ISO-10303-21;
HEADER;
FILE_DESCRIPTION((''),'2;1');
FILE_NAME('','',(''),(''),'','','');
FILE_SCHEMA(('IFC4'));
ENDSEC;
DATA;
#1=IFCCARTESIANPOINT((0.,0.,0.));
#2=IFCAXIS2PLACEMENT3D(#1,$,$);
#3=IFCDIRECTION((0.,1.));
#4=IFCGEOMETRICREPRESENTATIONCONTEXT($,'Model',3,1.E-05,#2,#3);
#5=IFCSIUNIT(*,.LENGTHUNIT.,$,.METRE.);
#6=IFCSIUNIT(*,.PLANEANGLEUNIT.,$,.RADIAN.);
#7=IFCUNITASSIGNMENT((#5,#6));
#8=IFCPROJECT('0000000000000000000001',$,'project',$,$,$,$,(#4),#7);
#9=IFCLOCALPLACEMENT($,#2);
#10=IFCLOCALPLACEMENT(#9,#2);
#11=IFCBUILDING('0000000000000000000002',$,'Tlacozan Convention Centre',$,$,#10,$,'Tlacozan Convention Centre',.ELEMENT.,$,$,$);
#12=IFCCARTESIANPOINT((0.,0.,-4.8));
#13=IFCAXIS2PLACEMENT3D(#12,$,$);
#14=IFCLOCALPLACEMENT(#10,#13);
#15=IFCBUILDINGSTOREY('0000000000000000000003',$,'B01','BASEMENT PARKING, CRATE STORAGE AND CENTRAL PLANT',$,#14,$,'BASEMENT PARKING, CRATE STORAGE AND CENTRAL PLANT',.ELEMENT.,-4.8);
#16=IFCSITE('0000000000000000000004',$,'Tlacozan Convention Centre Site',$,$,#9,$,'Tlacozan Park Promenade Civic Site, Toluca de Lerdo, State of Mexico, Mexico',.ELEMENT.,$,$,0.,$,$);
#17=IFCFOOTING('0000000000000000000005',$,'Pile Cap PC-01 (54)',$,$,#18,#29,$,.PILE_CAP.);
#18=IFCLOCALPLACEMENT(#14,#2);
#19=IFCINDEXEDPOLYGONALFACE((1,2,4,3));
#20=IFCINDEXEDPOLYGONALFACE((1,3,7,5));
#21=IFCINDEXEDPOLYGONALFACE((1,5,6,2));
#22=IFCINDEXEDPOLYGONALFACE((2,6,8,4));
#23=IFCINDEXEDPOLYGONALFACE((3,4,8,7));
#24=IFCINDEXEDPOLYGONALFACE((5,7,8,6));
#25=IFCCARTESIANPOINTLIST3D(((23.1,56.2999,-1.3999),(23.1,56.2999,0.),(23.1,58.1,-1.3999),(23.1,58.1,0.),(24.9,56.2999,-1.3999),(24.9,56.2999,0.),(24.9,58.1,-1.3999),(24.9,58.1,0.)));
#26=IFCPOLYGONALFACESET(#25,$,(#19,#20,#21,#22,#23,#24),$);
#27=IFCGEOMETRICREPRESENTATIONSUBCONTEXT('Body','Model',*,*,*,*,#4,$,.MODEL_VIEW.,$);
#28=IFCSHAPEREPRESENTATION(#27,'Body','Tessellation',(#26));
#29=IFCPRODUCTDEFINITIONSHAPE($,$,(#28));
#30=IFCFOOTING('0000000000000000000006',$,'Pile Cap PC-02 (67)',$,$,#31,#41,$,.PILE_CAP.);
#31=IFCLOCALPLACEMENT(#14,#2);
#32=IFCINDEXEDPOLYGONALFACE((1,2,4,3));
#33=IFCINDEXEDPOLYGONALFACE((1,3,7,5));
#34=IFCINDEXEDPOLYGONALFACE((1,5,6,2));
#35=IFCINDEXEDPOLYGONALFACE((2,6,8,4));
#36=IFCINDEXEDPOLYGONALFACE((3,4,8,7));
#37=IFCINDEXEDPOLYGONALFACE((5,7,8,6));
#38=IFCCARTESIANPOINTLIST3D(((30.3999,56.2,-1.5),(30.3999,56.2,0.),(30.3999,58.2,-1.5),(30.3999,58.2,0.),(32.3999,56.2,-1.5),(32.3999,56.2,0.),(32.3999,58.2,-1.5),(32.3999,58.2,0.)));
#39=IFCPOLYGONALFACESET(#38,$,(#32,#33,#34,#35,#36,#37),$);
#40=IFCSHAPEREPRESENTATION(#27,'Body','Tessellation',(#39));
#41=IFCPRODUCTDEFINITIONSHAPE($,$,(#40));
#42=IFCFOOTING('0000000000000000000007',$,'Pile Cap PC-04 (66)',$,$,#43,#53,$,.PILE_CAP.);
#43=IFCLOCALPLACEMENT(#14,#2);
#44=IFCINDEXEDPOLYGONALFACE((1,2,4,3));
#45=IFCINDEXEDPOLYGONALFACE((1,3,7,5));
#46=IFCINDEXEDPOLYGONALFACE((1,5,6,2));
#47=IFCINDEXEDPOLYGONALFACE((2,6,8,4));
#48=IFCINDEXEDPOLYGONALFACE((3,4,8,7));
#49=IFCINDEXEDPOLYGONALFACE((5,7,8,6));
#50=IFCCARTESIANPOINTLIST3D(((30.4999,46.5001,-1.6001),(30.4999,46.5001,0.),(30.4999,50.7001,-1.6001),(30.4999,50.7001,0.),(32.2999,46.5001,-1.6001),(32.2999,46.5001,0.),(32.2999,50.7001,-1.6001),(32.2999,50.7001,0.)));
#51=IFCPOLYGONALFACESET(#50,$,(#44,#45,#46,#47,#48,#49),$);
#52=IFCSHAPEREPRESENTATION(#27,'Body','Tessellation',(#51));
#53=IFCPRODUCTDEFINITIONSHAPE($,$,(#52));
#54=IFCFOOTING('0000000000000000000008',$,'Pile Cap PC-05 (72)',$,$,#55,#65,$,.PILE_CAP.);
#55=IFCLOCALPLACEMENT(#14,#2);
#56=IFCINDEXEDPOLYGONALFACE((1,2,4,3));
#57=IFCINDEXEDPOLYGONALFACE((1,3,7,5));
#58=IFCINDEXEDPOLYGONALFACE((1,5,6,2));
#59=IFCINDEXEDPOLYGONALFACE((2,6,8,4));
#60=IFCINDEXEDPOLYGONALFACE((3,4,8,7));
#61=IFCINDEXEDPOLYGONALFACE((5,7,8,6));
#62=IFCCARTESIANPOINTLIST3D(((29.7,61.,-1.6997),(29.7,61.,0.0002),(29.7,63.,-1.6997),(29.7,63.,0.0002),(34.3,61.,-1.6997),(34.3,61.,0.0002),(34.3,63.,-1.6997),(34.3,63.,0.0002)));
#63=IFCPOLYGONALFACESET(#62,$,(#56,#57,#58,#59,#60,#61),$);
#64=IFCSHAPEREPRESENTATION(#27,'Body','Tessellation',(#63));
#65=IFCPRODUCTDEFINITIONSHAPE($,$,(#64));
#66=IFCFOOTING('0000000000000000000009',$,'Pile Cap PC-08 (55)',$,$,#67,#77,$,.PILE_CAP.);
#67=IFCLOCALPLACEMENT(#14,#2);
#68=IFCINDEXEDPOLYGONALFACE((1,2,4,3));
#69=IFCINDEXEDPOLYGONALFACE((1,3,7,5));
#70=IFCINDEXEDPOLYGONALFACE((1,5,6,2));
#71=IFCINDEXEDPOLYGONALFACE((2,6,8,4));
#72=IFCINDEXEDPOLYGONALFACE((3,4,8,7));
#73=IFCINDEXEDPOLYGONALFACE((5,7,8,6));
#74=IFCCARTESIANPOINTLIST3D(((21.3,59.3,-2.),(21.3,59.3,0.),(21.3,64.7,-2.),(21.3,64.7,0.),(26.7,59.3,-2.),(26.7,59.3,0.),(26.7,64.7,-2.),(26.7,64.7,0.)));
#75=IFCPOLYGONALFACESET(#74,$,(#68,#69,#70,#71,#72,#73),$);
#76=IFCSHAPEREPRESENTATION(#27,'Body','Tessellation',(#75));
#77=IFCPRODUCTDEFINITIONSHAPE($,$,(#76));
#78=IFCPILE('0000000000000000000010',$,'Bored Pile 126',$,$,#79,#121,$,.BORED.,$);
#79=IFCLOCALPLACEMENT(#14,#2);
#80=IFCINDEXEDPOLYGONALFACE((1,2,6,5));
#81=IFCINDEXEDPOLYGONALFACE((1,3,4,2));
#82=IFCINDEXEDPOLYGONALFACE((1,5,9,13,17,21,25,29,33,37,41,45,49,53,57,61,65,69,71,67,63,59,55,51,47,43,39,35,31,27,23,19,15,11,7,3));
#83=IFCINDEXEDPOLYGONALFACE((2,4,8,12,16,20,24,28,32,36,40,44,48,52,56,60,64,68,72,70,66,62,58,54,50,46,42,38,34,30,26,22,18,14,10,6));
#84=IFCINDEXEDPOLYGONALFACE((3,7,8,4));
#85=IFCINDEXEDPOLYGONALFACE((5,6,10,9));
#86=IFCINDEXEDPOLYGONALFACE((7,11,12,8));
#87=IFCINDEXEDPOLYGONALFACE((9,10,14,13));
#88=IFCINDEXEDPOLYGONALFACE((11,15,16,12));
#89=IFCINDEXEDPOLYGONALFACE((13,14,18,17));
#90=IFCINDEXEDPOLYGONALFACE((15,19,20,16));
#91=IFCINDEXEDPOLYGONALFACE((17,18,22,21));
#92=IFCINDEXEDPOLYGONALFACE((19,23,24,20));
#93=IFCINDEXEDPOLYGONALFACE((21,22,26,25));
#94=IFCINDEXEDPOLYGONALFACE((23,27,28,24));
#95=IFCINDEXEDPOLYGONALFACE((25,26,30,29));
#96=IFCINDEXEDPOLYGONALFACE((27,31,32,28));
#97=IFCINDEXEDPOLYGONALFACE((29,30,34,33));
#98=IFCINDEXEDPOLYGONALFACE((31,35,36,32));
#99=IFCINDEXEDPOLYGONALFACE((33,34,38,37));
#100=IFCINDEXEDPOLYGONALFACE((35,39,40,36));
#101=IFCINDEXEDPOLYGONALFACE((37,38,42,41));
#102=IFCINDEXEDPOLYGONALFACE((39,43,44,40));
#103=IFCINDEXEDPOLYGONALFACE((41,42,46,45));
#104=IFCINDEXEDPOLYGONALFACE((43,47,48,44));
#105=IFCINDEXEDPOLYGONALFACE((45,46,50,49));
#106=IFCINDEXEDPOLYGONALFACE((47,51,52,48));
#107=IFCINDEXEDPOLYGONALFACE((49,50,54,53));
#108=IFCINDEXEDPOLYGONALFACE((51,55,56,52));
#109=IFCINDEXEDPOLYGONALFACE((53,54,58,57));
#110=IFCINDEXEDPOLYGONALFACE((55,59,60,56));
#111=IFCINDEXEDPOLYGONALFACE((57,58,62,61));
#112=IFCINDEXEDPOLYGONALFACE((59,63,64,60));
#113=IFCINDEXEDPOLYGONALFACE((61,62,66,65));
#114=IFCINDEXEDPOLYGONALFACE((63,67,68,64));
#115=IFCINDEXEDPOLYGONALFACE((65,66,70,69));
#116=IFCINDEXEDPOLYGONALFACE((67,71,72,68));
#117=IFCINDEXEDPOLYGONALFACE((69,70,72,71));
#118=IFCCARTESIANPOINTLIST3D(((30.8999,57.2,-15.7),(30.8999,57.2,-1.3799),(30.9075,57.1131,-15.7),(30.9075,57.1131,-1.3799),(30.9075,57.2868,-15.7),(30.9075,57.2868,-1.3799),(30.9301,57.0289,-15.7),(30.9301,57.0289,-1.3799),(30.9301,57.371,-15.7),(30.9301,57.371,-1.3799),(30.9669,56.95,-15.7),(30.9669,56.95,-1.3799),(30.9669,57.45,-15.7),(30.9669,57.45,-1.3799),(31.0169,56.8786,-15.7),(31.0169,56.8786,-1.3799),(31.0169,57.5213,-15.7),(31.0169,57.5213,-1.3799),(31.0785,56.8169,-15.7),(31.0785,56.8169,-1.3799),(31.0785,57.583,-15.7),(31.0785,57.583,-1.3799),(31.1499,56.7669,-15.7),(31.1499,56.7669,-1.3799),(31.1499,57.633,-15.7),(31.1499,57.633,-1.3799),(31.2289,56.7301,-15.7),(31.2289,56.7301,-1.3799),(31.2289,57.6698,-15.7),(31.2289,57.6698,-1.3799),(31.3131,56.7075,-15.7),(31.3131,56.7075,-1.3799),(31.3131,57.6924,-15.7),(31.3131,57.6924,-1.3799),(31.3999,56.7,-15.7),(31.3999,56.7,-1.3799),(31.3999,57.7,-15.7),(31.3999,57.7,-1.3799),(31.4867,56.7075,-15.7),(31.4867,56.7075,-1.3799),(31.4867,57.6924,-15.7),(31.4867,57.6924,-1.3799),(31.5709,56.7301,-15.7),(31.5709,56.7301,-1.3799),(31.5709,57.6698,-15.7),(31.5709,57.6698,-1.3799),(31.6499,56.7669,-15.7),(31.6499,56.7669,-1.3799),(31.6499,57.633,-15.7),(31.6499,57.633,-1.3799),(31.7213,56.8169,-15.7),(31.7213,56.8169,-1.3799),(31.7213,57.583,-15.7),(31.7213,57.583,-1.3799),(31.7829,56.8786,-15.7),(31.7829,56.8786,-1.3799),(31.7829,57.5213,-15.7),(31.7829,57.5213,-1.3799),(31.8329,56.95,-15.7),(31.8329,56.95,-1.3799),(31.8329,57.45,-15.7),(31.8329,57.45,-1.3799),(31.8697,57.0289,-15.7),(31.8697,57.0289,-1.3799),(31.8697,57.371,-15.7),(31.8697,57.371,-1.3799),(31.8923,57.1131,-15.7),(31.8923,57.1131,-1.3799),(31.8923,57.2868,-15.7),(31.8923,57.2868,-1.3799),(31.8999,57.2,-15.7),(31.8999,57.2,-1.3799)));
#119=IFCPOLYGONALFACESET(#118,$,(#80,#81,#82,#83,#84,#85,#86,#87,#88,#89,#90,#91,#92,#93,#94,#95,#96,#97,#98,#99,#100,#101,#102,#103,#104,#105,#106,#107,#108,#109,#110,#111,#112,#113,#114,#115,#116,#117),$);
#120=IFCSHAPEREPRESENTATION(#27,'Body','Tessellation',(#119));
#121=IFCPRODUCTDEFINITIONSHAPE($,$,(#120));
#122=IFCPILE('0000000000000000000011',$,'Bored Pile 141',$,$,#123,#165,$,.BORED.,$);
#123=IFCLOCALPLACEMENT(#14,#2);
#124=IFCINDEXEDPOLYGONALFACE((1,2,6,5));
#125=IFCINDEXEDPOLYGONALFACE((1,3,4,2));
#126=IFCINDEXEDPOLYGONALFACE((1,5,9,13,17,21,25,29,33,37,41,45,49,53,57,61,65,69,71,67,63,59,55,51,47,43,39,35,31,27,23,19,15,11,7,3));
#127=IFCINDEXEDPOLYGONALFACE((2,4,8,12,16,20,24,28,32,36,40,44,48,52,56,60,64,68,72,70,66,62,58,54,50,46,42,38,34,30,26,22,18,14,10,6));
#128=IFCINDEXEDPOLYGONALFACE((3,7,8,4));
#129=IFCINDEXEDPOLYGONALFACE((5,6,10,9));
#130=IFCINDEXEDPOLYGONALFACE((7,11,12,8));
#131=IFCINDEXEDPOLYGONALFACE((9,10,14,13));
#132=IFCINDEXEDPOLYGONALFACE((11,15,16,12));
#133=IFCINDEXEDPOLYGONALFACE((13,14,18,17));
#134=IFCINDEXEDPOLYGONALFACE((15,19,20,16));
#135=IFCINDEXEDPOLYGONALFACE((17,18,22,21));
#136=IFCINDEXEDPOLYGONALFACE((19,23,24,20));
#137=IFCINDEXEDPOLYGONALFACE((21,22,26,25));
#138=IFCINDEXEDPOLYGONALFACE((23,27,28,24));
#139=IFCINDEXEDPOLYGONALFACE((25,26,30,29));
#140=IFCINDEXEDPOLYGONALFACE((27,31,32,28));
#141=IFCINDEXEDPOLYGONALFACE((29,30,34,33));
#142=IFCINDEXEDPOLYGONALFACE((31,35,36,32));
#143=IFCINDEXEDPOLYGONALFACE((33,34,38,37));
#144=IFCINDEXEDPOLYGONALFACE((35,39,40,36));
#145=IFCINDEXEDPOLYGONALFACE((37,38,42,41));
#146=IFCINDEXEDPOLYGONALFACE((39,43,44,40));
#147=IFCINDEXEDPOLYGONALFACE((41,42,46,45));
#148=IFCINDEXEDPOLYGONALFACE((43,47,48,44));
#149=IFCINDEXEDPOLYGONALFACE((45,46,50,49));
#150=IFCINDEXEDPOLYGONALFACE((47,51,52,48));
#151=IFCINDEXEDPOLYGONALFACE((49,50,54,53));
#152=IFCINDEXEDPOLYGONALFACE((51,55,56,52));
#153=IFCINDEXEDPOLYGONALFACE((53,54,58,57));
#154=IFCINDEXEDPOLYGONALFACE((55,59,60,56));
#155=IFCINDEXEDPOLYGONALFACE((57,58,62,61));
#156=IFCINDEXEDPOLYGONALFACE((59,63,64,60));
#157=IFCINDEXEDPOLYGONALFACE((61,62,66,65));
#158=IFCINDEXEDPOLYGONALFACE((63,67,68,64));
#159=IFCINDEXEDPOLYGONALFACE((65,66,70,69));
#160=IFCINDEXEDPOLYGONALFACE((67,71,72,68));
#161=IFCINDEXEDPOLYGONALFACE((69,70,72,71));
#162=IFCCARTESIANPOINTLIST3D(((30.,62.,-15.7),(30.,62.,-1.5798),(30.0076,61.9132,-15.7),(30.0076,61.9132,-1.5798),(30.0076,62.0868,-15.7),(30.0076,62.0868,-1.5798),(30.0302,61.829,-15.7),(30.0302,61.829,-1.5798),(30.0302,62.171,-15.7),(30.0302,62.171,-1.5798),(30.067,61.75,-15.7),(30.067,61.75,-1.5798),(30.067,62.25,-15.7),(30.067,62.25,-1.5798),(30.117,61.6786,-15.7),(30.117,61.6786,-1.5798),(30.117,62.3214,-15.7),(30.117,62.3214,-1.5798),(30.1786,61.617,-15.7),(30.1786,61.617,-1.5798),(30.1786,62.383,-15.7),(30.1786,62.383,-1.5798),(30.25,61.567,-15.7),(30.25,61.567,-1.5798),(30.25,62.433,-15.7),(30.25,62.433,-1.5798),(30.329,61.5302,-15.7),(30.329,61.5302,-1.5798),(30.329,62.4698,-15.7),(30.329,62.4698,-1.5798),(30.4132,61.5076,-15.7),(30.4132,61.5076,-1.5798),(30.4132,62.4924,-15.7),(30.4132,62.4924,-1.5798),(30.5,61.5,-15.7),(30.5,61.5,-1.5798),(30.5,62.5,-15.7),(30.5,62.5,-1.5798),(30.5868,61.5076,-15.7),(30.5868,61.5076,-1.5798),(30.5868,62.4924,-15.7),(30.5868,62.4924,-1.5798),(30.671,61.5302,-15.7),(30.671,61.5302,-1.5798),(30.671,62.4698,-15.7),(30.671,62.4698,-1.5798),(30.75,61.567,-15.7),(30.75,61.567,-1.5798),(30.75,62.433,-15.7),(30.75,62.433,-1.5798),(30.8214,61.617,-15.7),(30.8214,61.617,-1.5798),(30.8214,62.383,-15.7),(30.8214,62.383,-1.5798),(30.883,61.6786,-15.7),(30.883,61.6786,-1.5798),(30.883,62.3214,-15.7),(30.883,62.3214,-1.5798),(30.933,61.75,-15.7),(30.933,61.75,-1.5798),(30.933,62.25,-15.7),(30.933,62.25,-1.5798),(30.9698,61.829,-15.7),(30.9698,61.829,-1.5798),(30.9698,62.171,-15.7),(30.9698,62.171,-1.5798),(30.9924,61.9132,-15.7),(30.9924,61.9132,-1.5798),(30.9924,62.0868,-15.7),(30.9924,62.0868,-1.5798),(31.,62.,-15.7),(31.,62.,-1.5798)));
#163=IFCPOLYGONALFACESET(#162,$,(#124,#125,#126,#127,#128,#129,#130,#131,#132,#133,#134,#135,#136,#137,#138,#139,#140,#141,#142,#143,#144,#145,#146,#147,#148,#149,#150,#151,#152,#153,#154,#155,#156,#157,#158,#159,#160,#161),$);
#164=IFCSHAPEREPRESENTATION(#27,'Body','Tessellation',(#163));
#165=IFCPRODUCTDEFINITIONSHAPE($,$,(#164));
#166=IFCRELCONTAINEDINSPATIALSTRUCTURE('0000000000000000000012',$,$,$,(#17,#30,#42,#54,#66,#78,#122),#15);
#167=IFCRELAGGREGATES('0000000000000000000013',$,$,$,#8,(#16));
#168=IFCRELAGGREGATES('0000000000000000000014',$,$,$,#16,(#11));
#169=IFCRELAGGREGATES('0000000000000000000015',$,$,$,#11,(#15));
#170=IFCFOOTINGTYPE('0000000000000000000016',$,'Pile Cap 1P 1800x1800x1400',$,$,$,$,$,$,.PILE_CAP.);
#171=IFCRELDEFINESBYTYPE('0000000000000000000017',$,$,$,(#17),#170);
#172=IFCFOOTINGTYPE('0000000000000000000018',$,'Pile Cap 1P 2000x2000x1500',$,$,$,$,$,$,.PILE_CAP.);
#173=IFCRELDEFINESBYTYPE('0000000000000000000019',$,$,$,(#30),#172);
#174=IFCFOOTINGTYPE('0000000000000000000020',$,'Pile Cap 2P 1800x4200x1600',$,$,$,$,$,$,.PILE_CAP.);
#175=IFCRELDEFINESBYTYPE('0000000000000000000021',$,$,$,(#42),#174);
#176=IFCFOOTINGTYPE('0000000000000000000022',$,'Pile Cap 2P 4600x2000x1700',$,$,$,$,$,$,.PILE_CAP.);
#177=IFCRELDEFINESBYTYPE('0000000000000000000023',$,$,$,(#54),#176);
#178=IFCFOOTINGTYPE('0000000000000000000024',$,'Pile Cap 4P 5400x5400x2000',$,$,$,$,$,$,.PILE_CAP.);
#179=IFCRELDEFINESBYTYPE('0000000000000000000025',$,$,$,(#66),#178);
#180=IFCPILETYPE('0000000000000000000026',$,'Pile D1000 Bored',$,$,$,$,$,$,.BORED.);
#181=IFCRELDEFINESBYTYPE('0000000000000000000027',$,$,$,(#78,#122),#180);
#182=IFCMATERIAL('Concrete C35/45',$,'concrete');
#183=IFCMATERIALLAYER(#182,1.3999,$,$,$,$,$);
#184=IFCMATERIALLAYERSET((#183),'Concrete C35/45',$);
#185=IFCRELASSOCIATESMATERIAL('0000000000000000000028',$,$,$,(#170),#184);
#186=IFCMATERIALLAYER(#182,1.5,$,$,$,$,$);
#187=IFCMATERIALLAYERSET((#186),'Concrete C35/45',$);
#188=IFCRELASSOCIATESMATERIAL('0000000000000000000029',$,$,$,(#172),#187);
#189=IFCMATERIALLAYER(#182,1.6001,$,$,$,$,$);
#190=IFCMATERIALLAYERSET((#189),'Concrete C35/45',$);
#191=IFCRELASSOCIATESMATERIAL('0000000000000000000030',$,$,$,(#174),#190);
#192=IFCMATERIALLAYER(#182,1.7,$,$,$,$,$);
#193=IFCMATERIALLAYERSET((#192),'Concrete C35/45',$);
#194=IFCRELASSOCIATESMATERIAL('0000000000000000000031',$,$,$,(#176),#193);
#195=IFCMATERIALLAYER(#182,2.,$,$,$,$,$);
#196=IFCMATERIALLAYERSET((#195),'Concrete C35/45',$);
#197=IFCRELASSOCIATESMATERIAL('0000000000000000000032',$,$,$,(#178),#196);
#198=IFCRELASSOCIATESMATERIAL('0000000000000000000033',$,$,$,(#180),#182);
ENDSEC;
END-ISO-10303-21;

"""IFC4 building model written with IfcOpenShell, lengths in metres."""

from ifc_helpers import new_model, si_unit, direction, frame, origin, origin_2d, place, context, subcontext, project, spatial, rectangle, circle, extrude, material, layer, layer_set, material_profile, profile_set, type_object, element, save


model = new_model("IFC4")

# Units and contexts
model_context = context("Model", 3, precision=1e-05, world=origin(), true_north=direction((0.0, 1.0)))
body_context = subcontext(model_context, "Body", "Model", "MODEL_VIEW")
ifc_project = project(units=[si_unit("LENGTHUNIT", "METRE"), si_unit("PLANEANGLEUNIT", "RADIAN")], contexts=[model_context])

# Site, building, storey
site_placement = place(None, origin())
site = spatial("IfcSite", under=ifc_project, at=site_placement, Name="Tlacozan Convention Centre Site", LongName="Tlacozan Park Promenade Civic Site, Toluca de Lerdo, State of Mexico, Mexico", CompositionType="ELEMENT", RefElevation=0.0)
building_placement = place(site_placement, origin())
building = spatial("IfcBuilding", under=site, at=building_placement, Name="Tlacozan Convention Centre", LongName="Tlacozan Convention Centre", CompositionType="ELEMENT")
storey_placement = place(building_placement, frame((0.0, 0.0, -4.8)))
storey = spatial("IfcBuildingStorey", under=building, at=storey_placement, Name="B01", Description="BASEMENT PARKING, CRATE STORAGE AND CENTRAL PLANT", LongName="BASEMENT PARKING, CRATE STORAGE AND CENTRAL PLANT", CompositionType="ELEMENT", Elevation=-4.8)

# Footings
ifc_material_1 = material(Name="Concrete C35/45", Category="concrete")
ifc_layer_1 = layer(ifc_material_1, 1.3999)
ifc_layer_set_1 = layer_set([ifc_layer_1], Name="Concrete C35/45")
footing_type_1 = type_object("IfcFootingType", Name="Pile Cap 1P 1800x1800x1400", PredefinedType="PILE_CAP", material=ifc_layer_set_1)
footing_1_placement = place(storey_placement, frame((24.0, 57.2, -1.3999), z_axis=(0.0, 0.0, 1.0), x_axis=(1.0, 0.0, 0.0)))
element("IfcFooting", 1, at=footing_1_placement, inside=storey, type_object=footing_type_1, Name="Pile Cap PC-01 (54)", PredefinedType="PILE_CAP", context=body_context, shape_type="SweptSolid", body=[
    extrude(rectangle(XDim=1.8, YDim=1.8, at=origin_2d()), origin(), (0.0, 0.0, 1.0), 1.3999),
])
ifc_layer_2 = layer(ifc_material_1, 1.5)
ifc_layer_set_2 = layer_set([ifc_layer_2], Name="Concrete C35/45")
footing_type_2 = type_object("IfcFootingType", Name="Pile Cap 1P 2000x2000x1500", PredefinedType="PILE_CAP", material=ifc_layer_set_2)
footing_2_placement = place(storey_placement, frame((31.3999, 57.2, -1.5), z_axis=(0.0, 0.0, 1.0), x_axis=(1.0, 0.0, 0.0)))
element("IfcFooting", 2, at=footing_2_placement, inside=storey, type_object=footing_type_2, Name="Pile Cap PC-02 (67)", PredefinedType="PILE_CAP", context=body_context, shape_type="SweptSolid", body=[
    extrude(rectangle(XDim=2.0, YDim=2.0, at=origin_2d()), origin(), (0.0, 0.0, 1.0), 1.5),
])
ifc_layer_3 = layer(ifc_material_1, 1.6001)
ifc_layer_set_3 = layer_set([ifc_layer_3], Name="Concrete C35/45")
footing_type_3 = type_object("IfcFootingType", Name="Pile Cap 2P 1800x4200x1600", PredefinedType="PILE_CAP", material=ifc_layer_set_3)
footing_3_placement = place(storey_placement, frame((31.3999, 48.6001, -1.6001), z_axis=(0.0, 0.0, 1.0), x_axis=(1.0, 0.0, 0.0)))
element("IfcFooting", 3, at=footing_3_placement, inside=storey, type_object=footing_type_3, Name="Pile Cap PC-04 (66)", PredefinedType="PILE_CAP", context=body_context, shape_type="SweptSolid", body=[
    extrude(rectangle(XDim=1.8, YDim=4.2, at=origin_2d()), origin(), (0.0, 0.0, 1.0), 1.6001),
])
ifc_layer_4 = layer(ifc_material_1, 1.7)
ifc_layer_set_4 = layer_set([ifc_layer_4], Name="Concrete C35/45")
footing_type_4 = type_object("IfcFootingType", Name="Pile Cap 2P 4600x2000x1700", PredefinedType="PILE_CAP", material=ifc_layer_set_4)
footing_4_placement = place(storey_placement, frame((32.0, 62.0, -1.6997), z_axis=(0.0, 0.0, 1.0), x_axis=(1.0, 0.0, 0.0)))
element("IfcFooting", 4, at=footing_4_placement, inside=storey, type_object=footing_type_4, Name="Pile Cap PC-05 (72)", PredefinedType="PILE_CAP", context=body_context, shape_type="SweptSolid", body=[
    extrude(rectangle(XDim=4.6001, YDim=2.0, at=origin_2d()), origin(), (0.0, 0.0, 1.0), 1.7),
])
ifc_layer_5 = layer(ifc_material_1, 2.0)
ifc_layer_set_5 = layer_set([ifc_layer_5], Name="Concrete C35/45")
footing_type_5 = type_object("IfcFootingType", Name="Pile Cap 4P 5400x5400x2000", PredefinedType="PILE_CAP", material=ifc_layer_set_5)
footing_5_placement = place(storey_placement, frame((24.0, 62.0, -2.0), z_axis=(0.0, 0.0, 1.0), x_axis=(1.0, 0.0, 0.0)))
element("IfcFooting", 5, at=footing_5_placement, inside=storey, type_object=footing_type_5, Name="Pile Cap PC-08 (55)", PredefinedType="PILE_CAP", context=body_context, shape_type="SweptSolid", body=[
    extrude(rectangle(XDim=5.3999, YDim=5.3999, at=origin_2d()), origin(), (0.0, 0.0, 1.0), 2.0),
])

# Piles
ifc_material_profile_1 = material_profile(ifc_material_1, circle(Radius=0.5, at=origin_2d()), Name="PILE D1000")
ifc_profile_set_1 = profile_set([ifc_material_profile_1], Name="Concrete C35/45")
pile_type_1 = type_object("IfcPileType", Name="Pile D1000 Bored", PredefinedType="BORED", material=ifc_profile_set_1)
pile_1_placement = place(storey_placement, frame((31.3999, 57.2, -1.3799), z_axis=(0.0, 0.0, -1.0), x_axis=(1.0, 0.0, 0.0)))
element("IfcPile", 6, at=pile_1_placement, inside=storey, type_object=pile_type_1, Name="Bored Pile 126", PredefinedType="BORED", context=body_context, shape_type="SweptSolid", body=[
    extrude(circle(Radius=0.5, at=origin_2d()), origin(), (0.0, 0.0, 1.0), 14.3201),
])
pile_2_placement = place(storey_placement, frame((30.5, 62.0, -1.5798), z_axis=(0.0, 0.0, -1.0), x_axis=(1.0, 0.0, 0.0)))
element("IfcPile", 7, at=pile_2_placement, inside=storey, type_object=pile_type_1, Name="Bored Pile 141", PredefinedType="BORED", context=body_context, shape_type="SweptSolid", body=[
    extrude(circle(Radius=0.5, at=origin_2d()), origin(), (0.0, 0.0, 1.0), 14.1201),
])

save(model, "model.ifc")
